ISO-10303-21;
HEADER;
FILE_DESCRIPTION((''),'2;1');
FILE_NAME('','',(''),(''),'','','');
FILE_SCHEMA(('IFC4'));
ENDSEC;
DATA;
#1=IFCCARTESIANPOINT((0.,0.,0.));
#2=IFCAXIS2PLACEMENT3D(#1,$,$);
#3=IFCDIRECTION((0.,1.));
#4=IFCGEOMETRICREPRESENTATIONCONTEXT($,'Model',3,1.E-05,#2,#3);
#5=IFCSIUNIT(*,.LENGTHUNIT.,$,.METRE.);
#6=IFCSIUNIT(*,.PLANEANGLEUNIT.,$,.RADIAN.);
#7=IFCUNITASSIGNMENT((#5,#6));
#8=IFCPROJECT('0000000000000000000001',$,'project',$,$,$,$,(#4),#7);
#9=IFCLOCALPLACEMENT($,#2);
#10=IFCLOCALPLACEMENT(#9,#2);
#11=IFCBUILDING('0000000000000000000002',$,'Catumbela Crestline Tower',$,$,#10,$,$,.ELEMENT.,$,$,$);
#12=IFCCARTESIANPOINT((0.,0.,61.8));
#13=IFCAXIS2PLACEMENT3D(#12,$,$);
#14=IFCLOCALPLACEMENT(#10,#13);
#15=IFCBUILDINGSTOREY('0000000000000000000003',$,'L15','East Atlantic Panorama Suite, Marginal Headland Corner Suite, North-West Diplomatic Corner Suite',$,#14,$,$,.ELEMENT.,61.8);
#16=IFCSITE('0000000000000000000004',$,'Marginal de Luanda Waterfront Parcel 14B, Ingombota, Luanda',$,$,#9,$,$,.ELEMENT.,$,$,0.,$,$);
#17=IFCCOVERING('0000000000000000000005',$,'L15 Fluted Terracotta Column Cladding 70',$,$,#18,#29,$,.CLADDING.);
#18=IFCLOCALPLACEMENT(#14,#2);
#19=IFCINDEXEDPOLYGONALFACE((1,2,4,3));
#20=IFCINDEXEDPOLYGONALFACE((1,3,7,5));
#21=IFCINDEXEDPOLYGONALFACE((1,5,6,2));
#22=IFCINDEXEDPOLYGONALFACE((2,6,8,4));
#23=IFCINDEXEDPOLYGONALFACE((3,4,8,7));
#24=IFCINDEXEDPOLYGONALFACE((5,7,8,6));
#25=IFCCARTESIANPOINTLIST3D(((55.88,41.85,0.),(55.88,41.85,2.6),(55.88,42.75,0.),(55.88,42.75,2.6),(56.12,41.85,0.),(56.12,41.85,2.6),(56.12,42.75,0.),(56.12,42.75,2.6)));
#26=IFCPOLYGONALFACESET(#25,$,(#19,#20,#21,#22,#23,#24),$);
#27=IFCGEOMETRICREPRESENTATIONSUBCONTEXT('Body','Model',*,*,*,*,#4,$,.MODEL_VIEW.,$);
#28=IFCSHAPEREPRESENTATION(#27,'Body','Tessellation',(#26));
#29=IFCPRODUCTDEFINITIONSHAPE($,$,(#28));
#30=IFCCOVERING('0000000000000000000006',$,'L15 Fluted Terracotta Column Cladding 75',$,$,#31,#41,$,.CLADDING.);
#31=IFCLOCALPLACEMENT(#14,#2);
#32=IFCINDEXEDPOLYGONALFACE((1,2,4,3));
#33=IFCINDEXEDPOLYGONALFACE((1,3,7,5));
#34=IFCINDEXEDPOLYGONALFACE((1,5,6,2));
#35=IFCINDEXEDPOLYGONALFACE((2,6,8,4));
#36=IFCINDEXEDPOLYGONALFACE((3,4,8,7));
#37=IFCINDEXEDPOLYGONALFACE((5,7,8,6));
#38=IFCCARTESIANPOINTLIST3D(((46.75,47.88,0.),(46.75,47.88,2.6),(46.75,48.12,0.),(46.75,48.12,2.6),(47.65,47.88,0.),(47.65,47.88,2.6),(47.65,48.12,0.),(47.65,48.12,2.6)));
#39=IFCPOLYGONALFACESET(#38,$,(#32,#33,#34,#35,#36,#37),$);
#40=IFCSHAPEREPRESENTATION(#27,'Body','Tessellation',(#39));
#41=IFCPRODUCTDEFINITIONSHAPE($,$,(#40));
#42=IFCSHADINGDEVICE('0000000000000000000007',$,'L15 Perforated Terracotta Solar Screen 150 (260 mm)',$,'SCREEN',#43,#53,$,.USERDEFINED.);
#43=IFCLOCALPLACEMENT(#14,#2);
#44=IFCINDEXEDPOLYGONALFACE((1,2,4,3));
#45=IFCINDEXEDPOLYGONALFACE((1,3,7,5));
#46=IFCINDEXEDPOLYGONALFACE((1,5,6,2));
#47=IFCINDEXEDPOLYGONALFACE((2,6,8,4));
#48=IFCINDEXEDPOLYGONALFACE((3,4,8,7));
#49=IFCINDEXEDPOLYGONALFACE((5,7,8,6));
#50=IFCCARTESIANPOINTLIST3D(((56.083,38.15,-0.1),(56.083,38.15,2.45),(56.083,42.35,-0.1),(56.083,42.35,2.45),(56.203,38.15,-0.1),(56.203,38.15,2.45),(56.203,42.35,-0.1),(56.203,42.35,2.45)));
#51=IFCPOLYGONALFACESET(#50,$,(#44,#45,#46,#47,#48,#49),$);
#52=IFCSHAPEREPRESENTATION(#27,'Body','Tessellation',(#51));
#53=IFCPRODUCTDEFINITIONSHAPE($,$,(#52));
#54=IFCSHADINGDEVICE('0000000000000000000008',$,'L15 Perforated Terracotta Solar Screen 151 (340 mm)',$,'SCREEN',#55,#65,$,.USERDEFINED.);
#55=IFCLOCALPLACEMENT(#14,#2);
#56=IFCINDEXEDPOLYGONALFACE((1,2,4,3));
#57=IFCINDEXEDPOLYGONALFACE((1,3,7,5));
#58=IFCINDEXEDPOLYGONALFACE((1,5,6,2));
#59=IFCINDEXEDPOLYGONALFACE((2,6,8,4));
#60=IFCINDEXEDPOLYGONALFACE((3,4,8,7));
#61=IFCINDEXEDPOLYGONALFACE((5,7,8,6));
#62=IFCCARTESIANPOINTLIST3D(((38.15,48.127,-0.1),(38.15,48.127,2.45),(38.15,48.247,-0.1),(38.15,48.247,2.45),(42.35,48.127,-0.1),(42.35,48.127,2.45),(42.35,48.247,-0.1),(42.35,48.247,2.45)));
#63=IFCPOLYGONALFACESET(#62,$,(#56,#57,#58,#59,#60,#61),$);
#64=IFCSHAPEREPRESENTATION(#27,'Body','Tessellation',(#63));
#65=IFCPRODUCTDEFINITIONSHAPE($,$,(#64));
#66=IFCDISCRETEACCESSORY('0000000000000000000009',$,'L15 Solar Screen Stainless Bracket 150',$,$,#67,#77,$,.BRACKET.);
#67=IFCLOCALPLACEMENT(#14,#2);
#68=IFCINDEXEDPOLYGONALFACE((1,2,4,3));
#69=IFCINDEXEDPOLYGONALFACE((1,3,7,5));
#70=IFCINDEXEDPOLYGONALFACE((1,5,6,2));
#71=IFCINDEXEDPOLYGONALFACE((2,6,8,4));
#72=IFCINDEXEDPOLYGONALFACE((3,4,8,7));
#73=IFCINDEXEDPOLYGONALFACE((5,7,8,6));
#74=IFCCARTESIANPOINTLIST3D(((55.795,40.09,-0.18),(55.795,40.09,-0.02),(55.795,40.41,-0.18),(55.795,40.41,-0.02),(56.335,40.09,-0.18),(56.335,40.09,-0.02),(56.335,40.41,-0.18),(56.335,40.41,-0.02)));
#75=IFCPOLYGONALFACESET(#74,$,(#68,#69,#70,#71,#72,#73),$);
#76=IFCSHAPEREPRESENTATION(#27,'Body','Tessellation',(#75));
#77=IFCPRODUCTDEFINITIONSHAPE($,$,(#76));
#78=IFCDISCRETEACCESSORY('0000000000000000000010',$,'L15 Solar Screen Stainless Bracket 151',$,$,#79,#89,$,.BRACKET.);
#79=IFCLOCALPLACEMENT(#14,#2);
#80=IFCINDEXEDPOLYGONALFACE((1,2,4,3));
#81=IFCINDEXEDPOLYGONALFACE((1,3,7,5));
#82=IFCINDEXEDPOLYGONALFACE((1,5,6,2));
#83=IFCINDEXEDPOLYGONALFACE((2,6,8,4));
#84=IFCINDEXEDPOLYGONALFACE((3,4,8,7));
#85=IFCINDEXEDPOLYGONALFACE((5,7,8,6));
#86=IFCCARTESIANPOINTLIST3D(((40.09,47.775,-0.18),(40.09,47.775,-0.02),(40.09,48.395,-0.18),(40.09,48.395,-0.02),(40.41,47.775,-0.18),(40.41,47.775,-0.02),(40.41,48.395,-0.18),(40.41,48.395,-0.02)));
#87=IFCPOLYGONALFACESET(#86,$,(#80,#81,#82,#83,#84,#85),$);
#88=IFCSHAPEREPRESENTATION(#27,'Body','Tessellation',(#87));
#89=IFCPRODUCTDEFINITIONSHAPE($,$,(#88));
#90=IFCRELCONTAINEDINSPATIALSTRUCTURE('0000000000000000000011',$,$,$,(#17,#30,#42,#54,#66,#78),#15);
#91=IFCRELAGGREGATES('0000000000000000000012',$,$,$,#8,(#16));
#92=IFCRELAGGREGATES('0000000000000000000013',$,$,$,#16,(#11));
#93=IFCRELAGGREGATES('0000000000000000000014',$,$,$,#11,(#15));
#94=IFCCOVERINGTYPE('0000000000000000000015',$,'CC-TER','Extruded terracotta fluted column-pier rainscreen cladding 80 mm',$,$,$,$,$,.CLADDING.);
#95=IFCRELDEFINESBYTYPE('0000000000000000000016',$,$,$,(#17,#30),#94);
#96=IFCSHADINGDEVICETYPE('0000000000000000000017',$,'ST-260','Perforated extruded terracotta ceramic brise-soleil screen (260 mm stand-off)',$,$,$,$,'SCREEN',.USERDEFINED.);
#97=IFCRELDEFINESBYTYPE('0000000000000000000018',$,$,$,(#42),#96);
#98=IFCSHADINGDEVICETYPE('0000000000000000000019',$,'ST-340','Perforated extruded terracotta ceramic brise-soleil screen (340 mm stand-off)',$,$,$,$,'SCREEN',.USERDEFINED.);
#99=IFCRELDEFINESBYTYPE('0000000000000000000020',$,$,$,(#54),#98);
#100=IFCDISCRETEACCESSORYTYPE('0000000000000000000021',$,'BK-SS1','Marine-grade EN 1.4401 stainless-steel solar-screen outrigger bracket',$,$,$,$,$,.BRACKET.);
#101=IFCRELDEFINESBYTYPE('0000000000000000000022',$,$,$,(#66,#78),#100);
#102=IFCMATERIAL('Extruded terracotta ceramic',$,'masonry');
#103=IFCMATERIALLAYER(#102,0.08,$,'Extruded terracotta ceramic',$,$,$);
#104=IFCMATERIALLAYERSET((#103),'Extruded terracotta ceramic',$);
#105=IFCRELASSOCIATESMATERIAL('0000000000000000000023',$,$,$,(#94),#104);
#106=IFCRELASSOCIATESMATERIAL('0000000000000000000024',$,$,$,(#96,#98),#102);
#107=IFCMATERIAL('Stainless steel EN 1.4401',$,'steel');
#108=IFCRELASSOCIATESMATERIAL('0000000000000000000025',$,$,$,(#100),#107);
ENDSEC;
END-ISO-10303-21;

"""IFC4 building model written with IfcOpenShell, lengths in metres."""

from ifc_helpers import new_model, si_unit, direction, frame, origin, origin_2d, place, context, subcontext, project, spatial, rectangle, extrude, material, layer, layer_set, type_object, element, save


model = new_model("IFC4")

# Units and contexts
model_context = context("Model", 3, precision=1e-05, world=origin(), true_north=direction((0.0, 1.0)))
body_context = subcontext(model_context, "Body", "Model", "MODEL_VIEW")
ifc_project = project(units=[si_unit("LENGTHUNIT", "METRE"), si_unit("PLANEANGLEUNIT", "RADIAN")], contexts=[model_context])

# Site, building, storey
site_placement = place(None, origin())
site = spatial("IfcSite", under=ifc_project, at=site_placement, Name="Marginal de Luanda Waterfront Parcel 14B, Ingombota, Luanda", CompositionType="ELEMENT", RefElevation=0.0)
building_placement = place(site_placement, origin())
building = spatial("IfcBuilding", under=site, at=building_placement, Name="Catumbela Crestline Tower", CompositionType="ELEMENT")
storey_placement = place(building_placement, frame((0.0, 0.0, 61.8)))
storey = spatial("IfcBuildingStorey", under=building, at=storey_placement, Name="L15", Description="East Atlantic Panorama Suite, Marginal Headland Corner Suite, North-West Diplomatic Corner Suite", CompositionType="ELEMENT", Elevation=61.8)

# Coverings
ifc_material_1 = material(Name="Extruded terracotta ceramic", Category="masonry")
ifc_layer_1 = layer(ifc_material_1, 0.08, Name="Extruded terracotta ceramic")
ifc_layer_set_1 = layer_set([ifc_layer_1], Name="Extruded terracotta ceramic")
covering_type = type_object("IfcCoveringType", Name="CC-TER", Description="Extruded terracotta fluted column-pier rainscreen cladding 80 mm", PredefinedType="CLADDING", material=ifc_layer_set_1)
for number, where, z_axis, x_axis, name in (
    (1, (56.0, 42.3, 0.0), (0.0, 0.0, 1.0), (0.0, 1.0, 0.0), "L15 Fluted Terracotta Column Cladding 70"),
    (2, (47.2, 48.0, 0.0), (0.0, 0.0, 1.0), (-1.0, 0.0, 0.0), "L15 Fluted Terracotta Column Cladding 75"),
):
    element("IfcCovering", number, at=place(storey_placement, frame(where, z_axis=z_axis, x_axis=x_axis)), inside=storey, type_object=covering_type, Name=name, PredefinedType="CLADDING", context=body_context, shape_type="SweptSolid", body=[
        extrude(rectangle(XDim=0.9, YDim=0.24, at=origin_2d()), origin(), (0.0, 0.0, 1.0), 2.6),
    ])

# Shading devices
shading_device_type_1 = type_object("IfcShadingDeviceType", Name="ST-260", Description="Perforated extruded terracotta ceramic brise-soleil screen (260 mm stand-off)", ElementType="SCREEN", PredefinedType="USERDEFINED", material=ifc_material_1)
shading_device_1_placement = place(storey_placement, frame((56.143, 40.25, -0.1), z_axis=(0.0, 0.0, 1.0), x_axis=(0.0, 1.0, 0.0)))
element("IfcShadingDevice", 3, at=shading_device_1_placement, inside=storey, type_object=shading_device_type_1, Name="L15 Perforated Terracotta Solar Screen 150 (260 mm)", ObjectType="SCREEN", PredefinedType="USERDEFINED", context=body_context, shape_type="SweptSolid", body=[
    extrude(rectangle(XDim=4.2, YDim=0.12, at=origin_2d()), origin(), (0.0, 0.0, 1.0), 2.55),
])
shading_device_type_2 = type_object("IfcShadingDeviceType", Name="ST-340", Description="Perforated extruded terracotta ceramic brise-soleil screen (340 mm stand-off)", ElementType="SCREEN", PredefinedType="USERDEFINED", material=ifc_material_1)
shading_device_2_placement = place(storey_placement, frame((40.25, 48.187, -0.1), z_axis=(0.0, 0.0, 1.0), x_axis=(-1.0, 0.0, 0.0)))
element("IfcShadingDevice", 4, at=shading_device_2_placement, inside=storey, type_object=shading_device_type_2, Name="L15 Perforated Terracotta Solar Screen 151 (340 mm)", ObjectType="SCREEN", PredefinedType="USERDEFINED", context=body_context, shape_type="SweptSolid", body=[
    extrude(rectangle(XDim=4.2, YDim=0.12, at=origin_2d()), origin(), (0.0, 0.0, 1.0), 2.55),
])

# Discrete accessories
ifc_material_2 = material(Name="Stainless steel EN 1.4401", Category="steel")
discrete_accessory_type = type_object("IfcDiscreteAccessoryType", Name="BK-SS1", Description="Marine-grade EN 1.4401 stainless-steel solar-screen outrigger bracket", PredefinedType="BRACKET", material=ifc_material_2)
discrete_accessory_1_placement = place(storey_placement, frame((56.065, 40.25, -0.18), z_axis=(0.0, 0.0, 1.0), x_axis=(0.0, 1.0, 0.0)))
element("IfcDiscreteAccessory", 5, at=discrete_accessory_1_placement, inside=storey, type_object=discrete_accessory_type, Name="L15 Solar Screen Stainless Bracket 150", PredefinedType="BRACKET", context=body_context, shape_type="SweptSolid", body=[
    extrude(rectangle(XDim=0.32, YDim=0.54, at=origin_2d()), origin(), (0.0, 0.0, 1.0), 0.16),
])
discrete_accessory_2_placement = place(storey_placement, frame((40.25, 48.085, -0.18), z_axis=(0.0, 0.0, 1.0), x_axis=(-1.0, 0.0, 0.0)))
element("IfcDiscreteAccessory", 6, at=discrete_accessory_2_placement, inside=storey, type_object=discrete_accessory_type, Name="L15 Solar Screen Stainless Bracket 151", PredefinedType="BRACKET", context=body_context, shape_type="SweptSolid", body=[
    extrude(rectangle(XDim=0.32, YDim=0.62, at=origin_2d()), origin(), (0.0, 0.0, 1.0), 0.16),
])

save(model, "model.ifc")
